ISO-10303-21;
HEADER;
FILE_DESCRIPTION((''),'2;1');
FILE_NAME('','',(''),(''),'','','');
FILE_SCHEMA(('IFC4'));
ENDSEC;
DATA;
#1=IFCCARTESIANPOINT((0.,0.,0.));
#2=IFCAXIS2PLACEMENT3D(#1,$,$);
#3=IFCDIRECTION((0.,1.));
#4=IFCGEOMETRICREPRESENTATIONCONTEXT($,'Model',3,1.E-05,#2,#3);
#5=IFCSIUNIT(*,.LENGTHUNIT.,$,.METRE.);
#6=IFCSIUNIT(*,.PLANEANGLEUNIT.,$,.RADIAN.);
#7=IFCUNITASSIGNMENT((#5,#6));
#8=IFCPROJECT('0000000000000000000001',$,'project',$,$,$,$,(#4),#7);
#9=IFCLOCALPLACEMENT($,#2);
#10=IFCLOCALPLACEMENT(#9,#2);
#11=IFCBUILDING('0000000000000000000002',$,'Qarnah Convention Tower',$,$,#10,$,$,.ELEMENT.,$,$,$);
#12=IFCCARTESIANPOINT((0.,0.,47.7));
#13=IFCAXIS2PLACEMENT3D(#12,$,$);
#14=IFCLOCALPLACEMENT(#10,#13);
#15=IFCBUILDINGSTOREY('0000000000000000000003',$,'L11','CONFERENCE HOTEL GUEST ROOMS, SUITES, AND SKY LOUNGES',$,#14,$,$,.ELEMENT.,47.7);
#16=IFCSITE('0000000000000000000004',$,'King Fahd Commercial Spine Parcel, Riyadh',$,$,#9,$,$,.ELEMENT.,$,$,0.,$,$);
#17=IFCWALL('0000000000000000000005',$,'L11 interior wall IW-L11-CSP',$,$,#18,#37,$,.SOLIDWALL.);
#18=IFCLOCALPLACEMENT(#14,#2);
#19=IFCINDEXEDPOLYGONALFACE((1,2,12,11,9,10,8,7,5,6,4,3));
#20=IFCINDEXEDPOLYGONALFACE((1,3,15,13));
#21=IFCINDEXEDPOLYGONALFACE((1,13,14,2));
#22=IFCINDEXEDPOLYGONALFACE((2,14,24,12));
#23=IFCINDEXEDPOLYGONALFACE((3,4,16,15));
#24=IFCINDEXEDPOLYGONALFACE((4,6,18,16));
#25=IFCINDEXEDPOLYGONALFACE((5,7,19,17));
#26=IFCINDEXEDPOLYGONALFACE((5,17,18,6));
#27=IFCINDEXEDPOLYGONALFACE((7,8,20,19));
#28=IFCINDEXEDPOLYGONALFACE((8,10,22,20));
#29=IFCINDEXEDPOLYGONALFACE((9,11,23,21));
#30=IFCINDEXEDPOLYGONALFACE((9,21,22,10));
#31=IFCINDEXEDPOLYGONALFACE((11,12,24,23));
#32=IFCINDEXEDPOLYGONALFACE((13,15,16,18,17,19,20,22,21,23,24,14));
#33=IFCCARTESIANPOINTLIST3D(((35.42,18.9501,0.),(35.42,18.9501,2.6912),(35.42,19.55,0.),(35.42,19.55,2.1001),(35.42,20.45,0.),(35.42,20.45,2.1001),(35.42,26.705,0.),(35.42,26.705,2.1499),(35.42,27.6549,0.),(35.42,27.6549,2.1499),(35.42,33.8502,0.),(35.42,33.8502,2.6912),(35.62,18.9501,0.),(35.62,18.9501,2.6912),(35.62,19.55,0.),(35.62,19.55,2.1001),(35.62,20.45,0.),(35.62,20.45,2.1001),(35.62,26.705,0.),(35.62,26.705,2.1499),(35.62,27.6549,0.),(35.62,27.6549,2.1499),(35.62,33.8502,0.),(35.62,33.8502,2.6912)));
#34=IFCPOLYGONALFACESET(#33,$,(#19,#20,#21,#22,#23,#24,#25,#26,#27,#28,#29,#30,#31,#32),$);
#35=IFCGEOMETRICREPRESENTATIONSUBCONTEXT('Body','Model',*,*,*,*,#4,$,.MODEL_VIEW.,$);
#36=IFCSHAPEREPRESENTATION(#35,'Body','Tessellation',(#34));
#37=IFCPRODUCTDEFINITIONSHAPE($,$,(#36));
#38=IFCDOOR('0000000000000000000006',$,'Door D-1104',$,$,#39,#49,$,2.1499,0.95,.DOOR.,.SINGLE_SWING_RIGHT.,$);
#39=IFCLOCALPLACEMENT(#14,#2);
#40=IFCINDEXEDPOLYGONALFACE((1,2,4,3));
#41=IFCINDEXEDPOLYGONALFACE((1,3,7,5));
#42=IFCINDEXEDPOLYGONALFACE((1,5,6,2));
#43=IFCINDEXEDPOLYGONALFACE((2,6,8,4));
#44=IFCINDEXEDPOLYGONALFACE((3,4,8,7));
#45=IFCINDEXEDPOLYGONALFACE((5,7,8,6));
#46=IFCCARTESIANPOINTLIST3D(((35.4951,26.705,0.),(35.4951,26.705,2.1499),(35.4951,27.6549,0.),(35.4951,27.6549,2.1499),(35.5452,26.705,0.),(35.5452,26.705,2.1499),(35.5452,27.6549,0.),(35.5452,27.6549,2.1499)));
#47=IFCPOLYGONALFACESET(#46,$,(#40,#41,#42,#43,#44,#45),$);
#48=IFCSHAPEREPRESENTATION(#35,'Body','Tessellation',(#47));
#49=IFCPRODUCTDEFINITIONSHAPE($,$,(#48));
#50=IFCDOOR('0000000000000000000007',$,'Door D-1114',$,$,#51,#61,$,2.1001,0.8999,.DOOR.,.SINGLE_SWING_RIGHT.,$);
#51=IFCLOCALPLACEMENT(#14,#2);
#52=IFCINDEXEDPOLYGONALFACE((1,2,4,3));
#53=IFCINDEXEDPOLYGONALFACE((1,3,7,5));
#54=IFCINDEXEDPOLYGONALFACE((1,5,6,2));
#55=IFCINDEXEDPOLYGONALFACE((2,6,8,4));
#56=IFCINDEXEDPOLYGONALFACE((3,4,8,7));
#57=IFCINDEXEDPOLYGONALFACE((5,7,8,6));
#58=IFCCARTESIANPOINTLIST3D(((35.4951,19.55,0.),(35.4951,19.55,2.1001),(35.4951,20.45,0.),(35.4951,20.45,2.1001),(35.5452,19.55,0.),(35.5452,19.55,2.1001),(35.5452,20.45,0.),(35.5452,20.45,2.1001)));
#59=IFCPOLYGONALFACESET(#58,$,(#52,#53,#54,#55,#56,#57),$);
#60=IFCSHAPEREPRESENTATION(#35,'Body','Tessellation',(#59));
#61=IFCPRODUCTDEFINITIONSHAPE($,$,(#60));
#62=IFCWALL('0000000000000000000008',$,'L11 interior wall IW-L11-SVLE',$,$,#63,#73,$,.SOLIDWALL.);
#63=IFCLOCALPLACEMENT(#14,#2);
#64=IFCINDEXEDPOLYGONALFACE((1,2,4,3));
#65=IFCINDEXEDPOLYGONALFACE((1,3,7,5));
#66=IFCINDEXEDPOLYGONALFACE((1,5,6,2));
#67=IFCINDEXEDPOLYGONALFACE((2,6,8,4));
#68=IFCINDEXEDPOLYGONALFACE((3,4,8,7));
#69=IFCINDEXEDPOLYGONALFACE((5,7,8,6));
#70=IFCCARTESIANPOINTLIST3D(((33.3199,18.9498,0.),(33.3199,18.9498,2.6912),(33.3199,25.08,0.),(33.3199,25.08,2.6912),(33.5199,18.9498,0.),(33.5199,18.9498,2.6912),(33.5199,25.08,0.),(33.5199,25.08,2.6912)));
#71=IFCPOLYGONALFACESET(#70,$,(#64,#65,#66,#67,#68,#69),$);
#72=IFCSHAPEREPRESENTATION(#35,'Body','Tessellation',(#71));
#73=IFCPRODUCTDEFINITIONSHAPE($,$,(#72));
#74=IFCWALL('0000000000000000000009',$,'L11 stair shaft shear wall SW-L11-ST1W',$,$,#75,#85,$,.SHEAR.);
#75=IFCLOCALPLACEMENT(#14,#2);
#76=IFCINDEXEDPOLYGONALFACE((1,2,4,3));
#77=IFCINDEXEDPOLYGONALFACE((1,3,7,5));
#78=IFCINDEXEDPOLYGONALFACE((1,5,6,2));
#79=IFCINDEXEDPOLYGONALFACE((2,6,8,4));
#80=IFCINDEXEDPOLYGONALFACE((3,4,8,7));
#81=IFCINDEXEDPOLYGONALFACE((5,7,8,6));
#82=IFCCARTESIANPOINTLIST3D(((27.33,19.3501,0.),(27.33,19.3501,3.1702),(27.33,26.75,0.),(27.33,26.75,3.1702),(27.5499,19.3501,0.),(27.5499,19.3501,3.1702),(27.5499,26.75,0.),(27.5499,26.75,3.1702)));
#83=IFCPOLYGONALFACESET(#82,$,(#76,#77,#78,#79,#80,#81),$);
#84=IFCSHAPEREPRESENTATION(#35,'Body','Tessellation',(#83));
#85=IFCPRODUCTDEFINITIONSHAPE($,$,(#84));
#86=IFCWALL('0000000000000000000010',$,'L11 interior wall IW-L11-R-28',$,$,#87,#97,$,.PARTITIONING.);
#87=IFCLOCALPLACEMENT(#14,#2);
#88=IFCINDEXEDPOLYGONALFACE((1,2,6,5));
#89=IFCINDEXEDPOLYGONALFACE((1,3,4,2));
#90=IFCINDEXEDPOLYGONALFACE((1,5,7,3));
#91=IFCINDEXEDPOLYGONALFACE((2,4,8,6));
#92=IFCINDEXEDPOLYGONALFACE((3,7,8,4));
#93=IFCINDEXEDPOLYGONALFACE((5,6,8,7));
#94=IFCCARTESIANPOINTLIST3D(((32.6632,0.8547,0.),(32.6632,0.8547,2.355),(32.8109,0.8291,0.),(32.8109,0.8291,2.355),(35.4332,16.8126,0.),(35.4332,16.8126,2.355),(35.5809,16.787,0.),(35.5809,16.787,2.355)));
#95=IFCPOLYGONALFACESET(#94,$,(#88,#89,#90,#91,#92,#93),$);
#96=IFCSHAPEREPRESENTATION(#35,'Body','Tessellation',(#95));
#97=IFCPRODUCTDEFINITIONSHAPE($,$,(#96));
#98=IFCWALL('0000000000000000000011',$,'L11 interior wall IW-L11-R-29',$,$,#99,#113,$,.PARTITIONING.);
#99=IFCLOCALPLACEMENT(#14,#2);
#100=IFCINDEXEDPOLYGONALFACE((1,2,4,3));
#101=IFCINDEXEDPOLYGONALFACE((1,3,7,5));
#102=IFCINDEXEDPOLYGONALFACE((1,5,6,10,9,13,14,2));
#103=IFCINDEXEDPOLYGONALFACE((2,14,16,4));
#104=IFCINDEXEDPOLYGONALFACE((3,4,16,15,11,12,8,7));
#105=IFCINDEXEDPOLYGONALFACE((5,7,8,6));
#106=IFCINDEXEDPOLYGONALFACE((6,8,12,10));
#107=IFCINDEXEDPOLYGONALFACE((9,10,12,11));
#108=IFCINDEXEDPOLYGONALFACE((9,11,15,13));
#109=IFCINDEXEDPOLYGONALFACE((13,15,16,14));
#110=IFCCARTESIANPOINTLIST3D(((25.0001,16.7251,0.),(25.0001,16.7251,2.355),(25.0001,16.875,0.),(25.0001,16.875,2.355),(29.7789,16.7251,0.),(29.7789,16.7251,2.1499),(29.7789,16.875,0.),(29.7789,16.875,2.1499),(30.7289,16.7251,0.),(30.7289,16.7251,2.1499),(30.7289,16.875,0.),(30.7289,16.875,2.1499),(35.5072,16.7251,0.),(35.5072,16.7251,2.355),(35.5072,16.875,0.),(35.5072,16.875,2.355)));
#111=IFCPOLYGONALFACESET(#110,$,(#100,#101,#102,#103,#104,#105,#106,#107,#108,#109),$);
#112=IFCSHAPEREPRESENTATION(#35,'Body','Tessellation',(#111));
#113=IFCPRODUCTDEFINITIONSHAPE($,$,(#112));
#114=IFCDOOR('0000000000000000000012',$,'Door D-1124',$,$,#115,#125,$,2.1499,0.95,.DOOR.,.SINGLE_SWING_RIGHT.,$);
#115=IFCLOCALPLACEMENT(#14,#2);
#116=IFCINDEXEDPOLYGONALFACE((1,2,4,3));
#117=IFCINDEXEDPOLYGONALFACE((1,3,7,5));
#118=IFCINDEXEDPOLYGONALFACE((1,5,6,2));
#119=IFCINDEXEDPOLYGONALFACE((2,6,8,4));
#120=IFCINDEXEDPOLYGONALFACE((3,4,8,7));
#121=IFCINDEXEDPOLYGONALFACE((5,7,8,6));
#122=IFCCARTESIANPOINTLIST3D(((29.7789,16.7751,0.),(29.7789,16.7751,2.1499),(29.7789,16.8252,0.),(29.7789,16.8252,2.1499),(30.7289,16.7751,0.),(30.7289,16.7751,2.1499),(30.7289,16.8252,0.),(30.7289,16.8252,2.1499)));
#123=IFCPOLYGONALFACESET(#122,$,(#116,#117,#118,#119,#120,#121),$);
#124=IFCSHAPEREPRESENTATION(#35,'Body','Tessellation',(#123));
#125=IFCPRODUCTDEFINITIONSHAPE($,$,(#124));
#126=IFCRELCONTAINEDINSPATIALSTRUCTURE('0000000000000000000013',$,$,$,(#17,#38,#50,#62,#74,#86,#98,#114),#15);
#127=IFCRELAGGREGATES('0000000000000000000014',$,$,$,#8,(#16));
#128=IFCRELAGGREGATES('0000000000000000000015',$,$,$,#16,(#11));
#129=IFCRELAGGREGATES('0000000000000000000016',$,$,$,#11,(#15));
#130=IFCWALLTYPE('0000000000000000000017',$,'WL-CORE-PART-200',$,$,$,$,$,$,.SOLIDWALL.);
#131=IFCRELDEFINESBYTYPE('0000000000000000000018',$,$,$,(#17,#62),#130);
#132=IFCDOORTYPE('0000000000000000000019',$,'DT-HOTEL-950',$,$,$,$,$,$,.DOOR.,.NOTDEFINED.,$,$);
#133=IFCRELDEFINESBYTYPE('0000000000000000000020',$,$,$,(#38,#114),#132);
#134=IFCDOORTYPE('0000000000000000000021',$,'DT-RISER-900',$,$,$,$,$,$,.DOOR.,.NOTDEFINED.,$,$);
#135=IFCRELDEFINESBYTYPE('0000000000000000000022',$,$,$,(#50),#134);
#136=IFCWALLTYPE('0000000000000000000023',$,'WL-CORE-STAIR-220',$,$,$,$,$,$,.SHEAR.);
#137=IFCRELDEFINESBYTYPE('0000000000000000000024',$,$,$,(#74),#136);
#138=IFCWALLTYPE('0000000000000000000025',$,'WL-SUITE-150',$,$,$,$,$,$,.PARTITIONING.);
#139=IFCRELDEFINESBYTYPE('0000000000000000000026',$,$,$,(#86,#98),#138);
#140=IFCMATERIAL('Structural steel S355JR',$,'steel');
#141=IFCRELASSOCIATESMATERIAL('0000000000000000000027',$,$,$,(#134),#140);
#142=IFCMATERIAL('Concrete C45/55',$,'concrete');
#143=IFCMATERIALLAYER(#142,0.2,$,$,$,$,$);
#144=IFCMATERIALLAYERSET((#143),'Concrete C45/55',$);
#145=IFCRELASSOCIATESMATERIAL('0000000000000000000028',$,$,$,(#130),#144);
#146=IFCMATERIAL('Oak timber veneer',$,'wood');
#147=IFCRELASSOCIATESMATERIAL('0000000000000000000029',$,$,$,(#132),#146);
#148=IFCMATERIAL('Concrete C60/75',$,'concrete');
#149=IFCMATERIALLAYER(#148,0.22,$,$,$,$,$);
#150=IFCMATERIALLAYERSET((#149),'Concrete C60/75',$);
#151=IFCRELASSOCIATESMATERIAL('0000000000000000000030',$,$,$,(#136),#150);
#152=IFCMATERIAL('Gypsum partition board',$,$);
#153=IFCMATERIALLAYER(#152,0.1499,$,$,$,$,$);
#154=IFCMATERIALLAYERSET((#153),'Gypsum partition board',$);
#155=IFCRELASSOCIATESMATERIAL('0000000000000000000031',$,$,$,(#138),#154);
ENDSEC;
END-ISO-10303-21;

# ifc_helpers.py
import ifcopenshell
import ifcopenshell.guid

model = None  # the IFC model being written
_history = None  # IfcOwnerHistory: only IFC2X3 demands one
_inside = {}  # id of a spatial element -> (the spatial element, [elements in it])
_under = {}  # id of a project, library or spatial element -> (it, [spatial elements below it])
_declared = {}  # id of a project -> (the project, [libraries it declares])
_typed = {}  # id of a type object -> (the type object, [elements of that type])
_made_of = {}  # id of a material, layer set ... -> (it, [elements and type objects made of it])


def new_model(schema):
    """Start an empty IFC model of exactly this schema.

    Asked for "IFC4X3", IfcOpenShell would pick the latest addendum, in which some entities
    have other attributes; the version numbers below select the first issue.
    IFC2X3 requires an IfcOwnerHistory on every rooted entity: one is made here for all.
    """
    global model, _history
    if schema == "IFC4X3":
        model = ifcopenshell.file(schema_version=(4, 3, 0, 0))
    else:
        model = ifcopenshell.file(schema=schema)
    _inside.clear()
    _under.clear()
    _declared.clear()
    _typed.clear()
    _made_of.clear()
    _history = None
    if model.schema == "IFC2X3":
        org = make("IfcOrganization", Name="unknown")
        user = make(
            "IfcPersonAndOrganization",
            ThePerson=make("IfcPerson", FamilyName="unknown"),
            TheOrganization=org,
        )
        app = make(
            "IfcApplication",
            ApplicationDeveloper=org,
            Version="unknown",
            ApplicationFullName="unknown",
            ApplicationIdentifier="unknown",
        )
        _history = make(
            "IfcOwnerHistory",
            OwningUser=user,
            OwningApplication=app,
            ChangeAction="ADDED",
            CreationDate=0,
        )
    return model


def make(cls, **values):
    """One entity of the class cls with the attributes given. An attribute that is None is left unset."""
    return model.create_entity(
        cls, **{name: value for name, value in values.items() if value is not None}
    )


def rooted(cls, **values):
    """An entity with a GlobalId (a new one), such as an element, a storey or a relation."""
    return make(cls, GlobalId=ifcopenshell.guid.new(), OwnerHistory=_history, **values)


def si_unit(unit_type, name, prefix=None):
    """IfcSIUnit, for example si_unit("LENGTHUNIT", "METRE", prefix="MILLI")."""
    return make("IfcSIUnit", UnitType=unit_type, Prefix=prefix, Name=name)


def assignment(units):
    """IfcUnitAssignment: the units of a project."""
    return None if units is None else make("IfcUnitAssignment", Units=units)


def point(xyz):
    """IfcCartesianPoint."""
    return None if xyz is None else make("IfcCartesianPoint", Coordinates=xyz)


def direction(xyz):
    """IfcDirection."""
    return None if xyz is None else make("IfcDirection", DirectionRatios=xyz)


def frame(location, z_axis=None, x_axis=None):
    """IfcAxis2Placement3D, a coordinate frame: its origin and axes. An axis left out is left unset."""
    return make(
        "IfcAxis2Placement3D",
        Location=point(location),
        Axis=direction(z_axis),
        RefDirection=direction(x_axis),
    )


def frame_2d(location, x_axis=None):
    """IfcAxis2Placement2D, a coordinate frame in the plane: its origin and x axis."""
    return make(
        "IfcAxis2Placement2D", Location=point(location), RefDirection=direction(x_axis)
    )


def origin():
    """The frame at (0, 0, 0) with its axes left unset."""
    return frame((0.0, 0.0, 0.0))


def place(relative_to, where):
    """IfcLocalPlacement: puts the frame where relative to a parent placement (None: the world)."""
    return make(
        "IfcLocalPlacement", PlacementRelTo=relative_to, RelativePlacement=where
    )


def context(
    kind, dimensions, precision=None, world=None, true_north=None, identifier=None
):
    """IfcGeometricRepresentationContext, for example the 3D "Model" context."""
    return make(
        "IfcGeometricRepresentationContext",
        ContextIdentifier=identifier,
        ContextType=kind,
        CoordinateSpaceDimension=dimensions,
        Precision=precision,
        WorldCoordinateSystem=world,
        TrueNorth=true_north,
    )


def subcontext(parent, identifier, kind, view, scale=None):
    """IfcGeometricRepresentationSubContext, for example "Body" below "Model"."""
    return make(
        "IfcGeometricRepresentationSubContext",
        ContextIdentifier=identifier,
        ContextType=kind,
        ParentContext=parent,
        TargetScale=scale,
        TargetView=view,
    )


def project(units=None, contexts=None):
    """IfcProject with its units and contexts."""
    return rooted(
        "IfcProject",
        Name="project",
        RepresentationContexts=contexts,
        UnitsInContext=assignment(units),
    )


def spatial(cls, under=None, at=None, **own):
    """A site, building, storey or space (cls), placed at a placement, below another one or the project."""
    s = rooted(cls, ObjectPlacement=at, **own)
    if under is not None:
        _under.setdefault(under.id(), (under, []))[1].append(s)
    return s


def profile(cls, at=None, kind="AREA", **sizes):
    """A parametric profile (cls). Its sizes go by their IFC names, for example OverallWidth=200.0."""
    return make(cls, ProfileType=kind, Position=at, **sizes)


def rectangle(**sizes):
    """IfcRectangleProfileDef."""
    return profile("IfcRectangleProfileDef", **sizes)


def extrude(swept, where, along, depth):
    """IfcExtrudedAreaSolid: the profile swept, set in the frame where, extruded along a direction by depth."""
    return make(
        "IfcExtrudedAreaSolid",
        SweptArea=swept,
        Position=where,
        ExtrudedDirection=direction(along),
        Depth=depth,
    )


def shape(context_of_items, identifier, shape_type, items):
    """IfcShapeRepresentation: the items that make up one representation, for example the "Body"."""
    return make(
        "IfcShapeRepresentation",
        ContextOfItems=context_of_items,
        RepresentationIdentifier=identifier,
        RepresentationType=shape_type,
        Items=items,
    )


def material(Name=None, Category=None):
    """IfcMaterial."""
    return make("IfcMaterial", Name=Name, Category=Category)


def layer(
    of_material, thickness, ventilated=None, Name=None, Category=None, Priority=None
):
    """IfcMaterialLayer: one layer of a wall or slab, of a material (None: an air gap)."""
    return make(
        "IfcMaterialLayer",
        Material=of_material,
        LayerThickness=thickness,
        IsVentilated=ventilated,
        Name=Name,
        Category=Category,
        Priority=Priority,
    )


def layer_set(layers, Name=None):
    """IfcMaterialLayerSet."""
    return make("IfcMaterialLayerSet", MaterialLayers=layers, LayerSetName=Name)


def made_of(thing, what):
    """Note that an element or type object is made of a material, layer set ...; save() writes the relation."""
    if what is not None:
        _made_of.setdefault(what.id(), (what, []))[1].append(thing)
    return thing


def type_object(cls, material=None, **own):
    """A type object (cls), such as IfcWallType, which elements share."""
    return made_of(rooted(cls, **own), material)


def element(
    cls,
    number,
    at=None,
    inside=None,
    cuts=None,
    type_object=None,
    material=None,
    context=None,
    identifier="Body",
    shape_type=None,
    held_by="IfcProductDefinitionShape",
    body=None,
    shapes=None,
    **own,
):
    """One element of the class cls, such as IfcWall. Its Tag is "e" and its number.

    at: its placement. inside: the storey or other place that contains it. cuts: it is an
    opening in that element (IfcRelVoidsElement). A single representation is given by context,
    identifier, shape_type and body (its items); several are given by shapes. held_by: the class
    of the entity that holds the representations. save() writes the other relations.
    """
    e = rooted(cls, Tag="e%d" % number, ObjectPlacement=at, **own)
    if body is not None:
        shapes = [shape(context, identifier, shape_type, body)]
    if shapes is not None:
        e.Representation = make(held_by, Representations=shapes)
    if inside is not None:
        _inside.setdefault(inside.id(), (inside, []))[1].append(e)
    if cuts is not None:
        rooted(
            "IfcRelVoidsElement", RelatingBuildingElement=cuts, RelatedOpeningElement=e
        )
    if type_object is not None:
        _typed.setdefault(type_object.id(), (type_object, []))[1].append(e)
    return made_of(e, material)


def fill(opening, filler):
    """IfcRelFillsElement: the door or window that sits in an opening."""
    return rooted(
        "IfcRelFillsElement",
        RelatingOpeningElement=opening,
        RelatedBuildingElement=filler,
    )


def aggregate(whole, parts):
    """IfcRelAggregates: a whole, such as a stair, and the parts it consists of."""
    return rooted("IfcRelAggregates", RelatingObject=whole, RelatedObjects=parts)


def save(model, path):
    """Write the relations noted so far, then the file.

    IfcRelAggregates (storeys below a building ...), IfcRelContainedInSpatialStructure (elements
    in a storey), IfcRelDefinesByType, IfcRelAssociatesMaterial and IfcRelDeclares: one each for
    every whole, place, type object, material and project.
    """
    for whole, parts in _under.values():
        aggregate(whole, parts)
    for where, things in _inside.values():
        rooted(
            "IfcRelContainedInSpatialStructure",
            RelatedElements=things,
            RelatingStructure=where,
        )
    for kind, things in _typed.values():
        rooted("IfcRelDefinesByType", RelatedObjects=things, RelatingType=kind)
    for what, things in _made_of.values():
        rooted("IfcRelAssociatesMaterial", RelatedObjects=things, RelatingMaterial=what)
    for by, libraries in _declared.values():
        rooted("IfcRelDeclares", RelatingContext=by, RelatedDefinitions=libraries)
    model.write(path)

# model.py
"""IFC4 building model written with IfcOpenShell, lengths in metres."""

from ifc_helpers import new_model, si_unit, direction, frame, frame_2d, origin, place, context, subcontext, project, spatial, rectangle, extrude, material, layer, layer_set, type_object, element, fill, save


model = new_model("IFC4")

# Units and contexts
model_context = context("Model", 3, precision=1e-05, world=origin(), true_north=direction((0.0, 1.0)))
body_context = subcontext(model_context, "Body", "Model", "MODEL_VIEW")
ifc_project = project(units=[si_unit("LENGTHUNIT", "METRE"), si_unit("PLANEANGLEUNIT", "RADIAN")], contexts=[model_context])

# Site, building, storey
site_placement = place(None, origin())
site = spatial("IfcSite", under=ifc_project, at=site_placement, Name="King Fahd Commercial Spine Parcel, Riyadh", CompositionType="ELEMENT", RefElevation=0.0)
building_placement = place(site_placement, origin())
building = spatial("IfcBuilding", under=site, at=building_placement, Name="Qarnah Convention Tower", CompositionType="ELEMENT")
storey_placement = place(building_placement, frame((0.0, 0.0, 47.7)))
storey = spatial("IfcBuildingStorey", under=building, at=storey_placement, Name="L11", Description="CONFERENCE HOTEL GUEST ROOMS, SUITES, AND SKY LOUNGES", CompositionType="ELEMENT", Elevation=47.7)

# Shared definitions
ifc_material_1 = material(Name="Concrete C60/75", Category="concrete")

# Shared definitions
ifc_material_2 = material(Name="Structural steel S355JR", Category="steel")

# Wall, openings, doors
door_type_1 = type_object("IfcDoorType", Name="DT-RISER-900", OperationType="NOTDEFINED", PredefinedType="DOOR", material=ifc_material_2)
ifc_material_3 = material(Name="Concrete C45/55", Category="concrete")
ifc_layer_1 = layer(ifc_material_3, 0.2)
ifc_layer_set_1 = layer_set([ifc_layer_1], Name="Concrete C45/55")
wall_type_1 = type_object("IfcWallType", Name="WL-CORE-PART-200", PredefinedType="SOLIDWALL", material=ifc_layer_set_1)
wall_1_placement = place(storey_placement, frame((35.52, 18.95, 0.0), z_axis=(0.0, 0.0, 1.0), x_axis=(0.0, 1.0, 0.0)))
wall_1 = element("IfcWall", 1, at=wall_1_placement, inside=storey, type_object=wall_type_1, Name="L11 interior wall IW-L11-CSP", PredefinedType="SOLIDWALL", context=body_context, shape_type="SweptSolid", body=[
    extrude(rectangle(XDim=14.9001, YDim=0.2, at=frame_2d((7.4502, 0.0))), origin(), (0.0, 0.0, 1.0), 2.6912),
])
opening_1_placement = place(wall_1_placement, frame((7.7549, 0.0, 0.0)))
opening_1 = element("IfcOpeningElement", 2, at=opening_1_placement, cuts=wall_1, PredefinedType="OPENING", context=body_context, shape_type="SweptSolid", body=[
    extrude(rectangle(XDim=0.95, YDim=2.1499, at=frame_2d((0.4751, 1.075))), frame((0.0, 0.1099, 0.0), z_axis=(0.0, -1.0, 0.0), x_axis=(1.0, 0.0, 0.0)), (0.0, 0.0, 1.0), 0.22),
])
opening_2_placement = place(wall_1_placement, frame((0.6001, 0.0, 0.0)))
opening_2 = element("IfcOpeningElement", 3, at=opening_2_placement, cuts=wall_1, PredefinedType="OPENING", context=body_context, shape_type="SweptSolid", body=[
    extrude(rectangle(XDim=0.8999, YDim=2.1001, at=frame_2d((0.45, 1.05))), frame((0.0, 0.1099, 0.0), z_axis=(0.0, -1.0, 0.0), x_axis=(1.0, 0.0, 0.0)), (0.0, 0.0, 1.0), 0.22),
])
ifc_material_4 = material(Name="Oak timber veneer", Category="wood")
door_type_2 = type_object("IfcDoorType", Name="DT-HOTEL-950", OperationType="NOTDEFINED", PredefinedType="DOOR", material=ifc_material_4)
door_1_placement = place(opening_1_placement, origin())
door_1 = element("IfcDoor", 4, at=door_1_placement, inside=storey, type_object=door_type_2, Name="Door D-1104", OperationType="SINGLE_SWING_RIGHT", OverallHeight=2.1499, OverallWidth=0.95, PredefinedType="DOOR", context=body_context, shape_type="SweptSolid", body=[
    extrude(rectangle(XDim=0.95, YDim=2.1499, at=frame_2d((0.4751, 1.075))), frame((0.0, 0.0249, 0.0), z_axis=(0.0, -1.0, 0.0), x_axis=(1.0, 0.0, 0.0)), (0.0, 0.0, 1.0), 0.05),
])
fill(opening_1, door_1)
door_2_placement = place(opening_2_placement, origin())
door_2 = element("IfcDoor", 5, at=door_2_placement, inside=storey, type_object=door_type_1, Name="Door D-1114", OperationType="SINGLE_SWING_RIGHT", OverallHeight=2.1001, OverallWidth=0.8999, PredefinedType="DOOR", context=body_context, shape_type="SweptSolid", body=[
    extrude(rectangle(XDim=0.8999, YDim=2.1001, at=frame_2d((0.45, 1.05))), frame((0.0, 0.0249, 0.0), z_axis=(0.0, -1.0, 0.0), x_axis=(1.0, 0.0, 0.0)), (0.0, 0.0, 1.0), 0.05),
])
fill(opening_2, door_2)

# Walls
wall_2_placement = place(storey_placement, frame((33.4199, 18.95, 0.0), z_axis=(0.0, 0.0, 1.0), x_axis=(0.0, 1.0, 0.0)))
element("IfcWall", 6, at=wall_2_placement, inside=storey, type_object=wall_type_1, Name="L11 interior wall IW-L11-SVLE", PredefinedType="SOLIDWALL", context=body_context, shape_type="SweptSolid", body=[
    extrude(rectangle(XDim=6.1301, YDim=0.2, at=frame_2d((3.0649, 0.0))), origin(), (0.0, 0.0, 1.0), 2.6912),
])
ifc_layer_2 = layer(ifc_material_1, 0.22)
ifc_layer_set_2 = layer_set([ifc_layer_2], Name="Concrete C60/75")
wall_type_2 = type_object("IfcWallType", Name="WL-CORE-STAIR-220", PredefinedType="SHEAR", material=ifc_layer_set_2)
wall_3_placement = place(storey_placement, frame((27.4399, 19.3501, 0.0), z_axis=(0.0, 0.0, 1.0), x_axis=(0.0, 1.0, 0.0)))
element("IfcWall", 7, at=wall_3_placement, inside=storey, type_object=wall_type_2, Name="L11 stair shaft shear wall SW-L11-ST1W", PredefinedType="SHEAR", context=body_context, shape_type="SweptSolid", body=[
    extrude(rectangle(XDim=7.3999, YDim=0.22, at=frame_2d((3.7, 0.0))), origin(), (0.0, 0.0, 1.0), 3.1702),
])
ifc_material_5 = material(Name="Gypsum partition board")
ifc_layer_3 = layer(ifc_material_5, 0.1499)
ifc_layer_set_3 = layer_set([ifc_layer_3], Name="Gypsum partition board")
wall_type_3 = type_object("IfcWallType", Name="WL-SUITE-150", PredefinedType="PARTITIONING", material=ifc_layer_set_3)
wall_4_placement = place(storey_placement, frame((32.7371, 0.842, 0.0), z_axis=(0.0, 0.0, 1.0), x_axis=(0.171024, 0.985267, 0.0)))
element("IfcWall", 8, at=wall_4_placement, inside=storey, type_object=wall_type_3, Name="L11 interior wall IW-L11-R-28", PredefinedType="PARTITIONING", context=body_context, shape_type="SweptSolid", body=[
    extrude(rectangle(XDim=16.1965, YDim=0.1499, at=frame_2d((8.0981, 0.0))), origin(), (0.0, 0.0, 1.0), 2.355),
])

# Wall, opening, door
wall_5_placement = place(storey_placement, frame((35.5071, 16.8, 0.0), z_axis=(0.0, 0.0, 1.0), x_axis=(-1.0, 0.0, 0.0)))
wall_5 = element("IfcWall", 9, at=wall_5_placement, inside=storey, type_object=wall_type_3, Name="L11 interior wall IW-L11-R-29", PredefinedType="PARTITIONING", context=body_context, shape_type="SweptSolid", body=[
    extrude(rectangle(XDim=10.5071, YDim=0.1499, at=frame_2d((5.2534, 0.0))), origin(), (0.0, 0.0, 1.0), 2.355),
])
opening_3_placement = place(wall_5_placement, frame((4.7781, 0.0, 0.0)))
opening_3 = element("IfcOpeningElement", 10, at=opening_3_placement, cuts=wall_5, PredefinedType="OPENING", context=body_context, shape_type="SweptSolid", body=[
    extrude(rectangle(XDim=0.95, YDim=2.1499, at=frame_2d((0.4751, 1.075))), frame((0.0, 0.085, 0.0), z_axis=(0.0, -1.0, 0.0), x_axis=(1.0, 0.0, 0.0)), (0.0, 0.0, 1.0), 0.1699),
])
door_3_placement = place(opening_3_placement, origin())
door_3 = element("IfcDoor", 11, at=door_3_placement, inside=storey, type_object=door_type_2, Name="Door D-1124", OperationType="SINGLE_SWING_RIGHT", OverallHeight=2.1499, OverallWidth=0.95, PredefinedType="DOOR", context=body_context, shape_type="SweptSolid", body=[
    extrude(rectangle(XDim=0.95, YDim=2.1499, at=frame_2d((0.4751, 1.075))), frame((0.0, 0.0249, 0.0), z_axis=(0.0, -1.0, 0.0), x_axis=(1.0, 0.0, 0.0)), (0.0, 0.0, 1.0), 0.05),
])
fill(opening_3, door_3)

save(model, "model.ifc")
